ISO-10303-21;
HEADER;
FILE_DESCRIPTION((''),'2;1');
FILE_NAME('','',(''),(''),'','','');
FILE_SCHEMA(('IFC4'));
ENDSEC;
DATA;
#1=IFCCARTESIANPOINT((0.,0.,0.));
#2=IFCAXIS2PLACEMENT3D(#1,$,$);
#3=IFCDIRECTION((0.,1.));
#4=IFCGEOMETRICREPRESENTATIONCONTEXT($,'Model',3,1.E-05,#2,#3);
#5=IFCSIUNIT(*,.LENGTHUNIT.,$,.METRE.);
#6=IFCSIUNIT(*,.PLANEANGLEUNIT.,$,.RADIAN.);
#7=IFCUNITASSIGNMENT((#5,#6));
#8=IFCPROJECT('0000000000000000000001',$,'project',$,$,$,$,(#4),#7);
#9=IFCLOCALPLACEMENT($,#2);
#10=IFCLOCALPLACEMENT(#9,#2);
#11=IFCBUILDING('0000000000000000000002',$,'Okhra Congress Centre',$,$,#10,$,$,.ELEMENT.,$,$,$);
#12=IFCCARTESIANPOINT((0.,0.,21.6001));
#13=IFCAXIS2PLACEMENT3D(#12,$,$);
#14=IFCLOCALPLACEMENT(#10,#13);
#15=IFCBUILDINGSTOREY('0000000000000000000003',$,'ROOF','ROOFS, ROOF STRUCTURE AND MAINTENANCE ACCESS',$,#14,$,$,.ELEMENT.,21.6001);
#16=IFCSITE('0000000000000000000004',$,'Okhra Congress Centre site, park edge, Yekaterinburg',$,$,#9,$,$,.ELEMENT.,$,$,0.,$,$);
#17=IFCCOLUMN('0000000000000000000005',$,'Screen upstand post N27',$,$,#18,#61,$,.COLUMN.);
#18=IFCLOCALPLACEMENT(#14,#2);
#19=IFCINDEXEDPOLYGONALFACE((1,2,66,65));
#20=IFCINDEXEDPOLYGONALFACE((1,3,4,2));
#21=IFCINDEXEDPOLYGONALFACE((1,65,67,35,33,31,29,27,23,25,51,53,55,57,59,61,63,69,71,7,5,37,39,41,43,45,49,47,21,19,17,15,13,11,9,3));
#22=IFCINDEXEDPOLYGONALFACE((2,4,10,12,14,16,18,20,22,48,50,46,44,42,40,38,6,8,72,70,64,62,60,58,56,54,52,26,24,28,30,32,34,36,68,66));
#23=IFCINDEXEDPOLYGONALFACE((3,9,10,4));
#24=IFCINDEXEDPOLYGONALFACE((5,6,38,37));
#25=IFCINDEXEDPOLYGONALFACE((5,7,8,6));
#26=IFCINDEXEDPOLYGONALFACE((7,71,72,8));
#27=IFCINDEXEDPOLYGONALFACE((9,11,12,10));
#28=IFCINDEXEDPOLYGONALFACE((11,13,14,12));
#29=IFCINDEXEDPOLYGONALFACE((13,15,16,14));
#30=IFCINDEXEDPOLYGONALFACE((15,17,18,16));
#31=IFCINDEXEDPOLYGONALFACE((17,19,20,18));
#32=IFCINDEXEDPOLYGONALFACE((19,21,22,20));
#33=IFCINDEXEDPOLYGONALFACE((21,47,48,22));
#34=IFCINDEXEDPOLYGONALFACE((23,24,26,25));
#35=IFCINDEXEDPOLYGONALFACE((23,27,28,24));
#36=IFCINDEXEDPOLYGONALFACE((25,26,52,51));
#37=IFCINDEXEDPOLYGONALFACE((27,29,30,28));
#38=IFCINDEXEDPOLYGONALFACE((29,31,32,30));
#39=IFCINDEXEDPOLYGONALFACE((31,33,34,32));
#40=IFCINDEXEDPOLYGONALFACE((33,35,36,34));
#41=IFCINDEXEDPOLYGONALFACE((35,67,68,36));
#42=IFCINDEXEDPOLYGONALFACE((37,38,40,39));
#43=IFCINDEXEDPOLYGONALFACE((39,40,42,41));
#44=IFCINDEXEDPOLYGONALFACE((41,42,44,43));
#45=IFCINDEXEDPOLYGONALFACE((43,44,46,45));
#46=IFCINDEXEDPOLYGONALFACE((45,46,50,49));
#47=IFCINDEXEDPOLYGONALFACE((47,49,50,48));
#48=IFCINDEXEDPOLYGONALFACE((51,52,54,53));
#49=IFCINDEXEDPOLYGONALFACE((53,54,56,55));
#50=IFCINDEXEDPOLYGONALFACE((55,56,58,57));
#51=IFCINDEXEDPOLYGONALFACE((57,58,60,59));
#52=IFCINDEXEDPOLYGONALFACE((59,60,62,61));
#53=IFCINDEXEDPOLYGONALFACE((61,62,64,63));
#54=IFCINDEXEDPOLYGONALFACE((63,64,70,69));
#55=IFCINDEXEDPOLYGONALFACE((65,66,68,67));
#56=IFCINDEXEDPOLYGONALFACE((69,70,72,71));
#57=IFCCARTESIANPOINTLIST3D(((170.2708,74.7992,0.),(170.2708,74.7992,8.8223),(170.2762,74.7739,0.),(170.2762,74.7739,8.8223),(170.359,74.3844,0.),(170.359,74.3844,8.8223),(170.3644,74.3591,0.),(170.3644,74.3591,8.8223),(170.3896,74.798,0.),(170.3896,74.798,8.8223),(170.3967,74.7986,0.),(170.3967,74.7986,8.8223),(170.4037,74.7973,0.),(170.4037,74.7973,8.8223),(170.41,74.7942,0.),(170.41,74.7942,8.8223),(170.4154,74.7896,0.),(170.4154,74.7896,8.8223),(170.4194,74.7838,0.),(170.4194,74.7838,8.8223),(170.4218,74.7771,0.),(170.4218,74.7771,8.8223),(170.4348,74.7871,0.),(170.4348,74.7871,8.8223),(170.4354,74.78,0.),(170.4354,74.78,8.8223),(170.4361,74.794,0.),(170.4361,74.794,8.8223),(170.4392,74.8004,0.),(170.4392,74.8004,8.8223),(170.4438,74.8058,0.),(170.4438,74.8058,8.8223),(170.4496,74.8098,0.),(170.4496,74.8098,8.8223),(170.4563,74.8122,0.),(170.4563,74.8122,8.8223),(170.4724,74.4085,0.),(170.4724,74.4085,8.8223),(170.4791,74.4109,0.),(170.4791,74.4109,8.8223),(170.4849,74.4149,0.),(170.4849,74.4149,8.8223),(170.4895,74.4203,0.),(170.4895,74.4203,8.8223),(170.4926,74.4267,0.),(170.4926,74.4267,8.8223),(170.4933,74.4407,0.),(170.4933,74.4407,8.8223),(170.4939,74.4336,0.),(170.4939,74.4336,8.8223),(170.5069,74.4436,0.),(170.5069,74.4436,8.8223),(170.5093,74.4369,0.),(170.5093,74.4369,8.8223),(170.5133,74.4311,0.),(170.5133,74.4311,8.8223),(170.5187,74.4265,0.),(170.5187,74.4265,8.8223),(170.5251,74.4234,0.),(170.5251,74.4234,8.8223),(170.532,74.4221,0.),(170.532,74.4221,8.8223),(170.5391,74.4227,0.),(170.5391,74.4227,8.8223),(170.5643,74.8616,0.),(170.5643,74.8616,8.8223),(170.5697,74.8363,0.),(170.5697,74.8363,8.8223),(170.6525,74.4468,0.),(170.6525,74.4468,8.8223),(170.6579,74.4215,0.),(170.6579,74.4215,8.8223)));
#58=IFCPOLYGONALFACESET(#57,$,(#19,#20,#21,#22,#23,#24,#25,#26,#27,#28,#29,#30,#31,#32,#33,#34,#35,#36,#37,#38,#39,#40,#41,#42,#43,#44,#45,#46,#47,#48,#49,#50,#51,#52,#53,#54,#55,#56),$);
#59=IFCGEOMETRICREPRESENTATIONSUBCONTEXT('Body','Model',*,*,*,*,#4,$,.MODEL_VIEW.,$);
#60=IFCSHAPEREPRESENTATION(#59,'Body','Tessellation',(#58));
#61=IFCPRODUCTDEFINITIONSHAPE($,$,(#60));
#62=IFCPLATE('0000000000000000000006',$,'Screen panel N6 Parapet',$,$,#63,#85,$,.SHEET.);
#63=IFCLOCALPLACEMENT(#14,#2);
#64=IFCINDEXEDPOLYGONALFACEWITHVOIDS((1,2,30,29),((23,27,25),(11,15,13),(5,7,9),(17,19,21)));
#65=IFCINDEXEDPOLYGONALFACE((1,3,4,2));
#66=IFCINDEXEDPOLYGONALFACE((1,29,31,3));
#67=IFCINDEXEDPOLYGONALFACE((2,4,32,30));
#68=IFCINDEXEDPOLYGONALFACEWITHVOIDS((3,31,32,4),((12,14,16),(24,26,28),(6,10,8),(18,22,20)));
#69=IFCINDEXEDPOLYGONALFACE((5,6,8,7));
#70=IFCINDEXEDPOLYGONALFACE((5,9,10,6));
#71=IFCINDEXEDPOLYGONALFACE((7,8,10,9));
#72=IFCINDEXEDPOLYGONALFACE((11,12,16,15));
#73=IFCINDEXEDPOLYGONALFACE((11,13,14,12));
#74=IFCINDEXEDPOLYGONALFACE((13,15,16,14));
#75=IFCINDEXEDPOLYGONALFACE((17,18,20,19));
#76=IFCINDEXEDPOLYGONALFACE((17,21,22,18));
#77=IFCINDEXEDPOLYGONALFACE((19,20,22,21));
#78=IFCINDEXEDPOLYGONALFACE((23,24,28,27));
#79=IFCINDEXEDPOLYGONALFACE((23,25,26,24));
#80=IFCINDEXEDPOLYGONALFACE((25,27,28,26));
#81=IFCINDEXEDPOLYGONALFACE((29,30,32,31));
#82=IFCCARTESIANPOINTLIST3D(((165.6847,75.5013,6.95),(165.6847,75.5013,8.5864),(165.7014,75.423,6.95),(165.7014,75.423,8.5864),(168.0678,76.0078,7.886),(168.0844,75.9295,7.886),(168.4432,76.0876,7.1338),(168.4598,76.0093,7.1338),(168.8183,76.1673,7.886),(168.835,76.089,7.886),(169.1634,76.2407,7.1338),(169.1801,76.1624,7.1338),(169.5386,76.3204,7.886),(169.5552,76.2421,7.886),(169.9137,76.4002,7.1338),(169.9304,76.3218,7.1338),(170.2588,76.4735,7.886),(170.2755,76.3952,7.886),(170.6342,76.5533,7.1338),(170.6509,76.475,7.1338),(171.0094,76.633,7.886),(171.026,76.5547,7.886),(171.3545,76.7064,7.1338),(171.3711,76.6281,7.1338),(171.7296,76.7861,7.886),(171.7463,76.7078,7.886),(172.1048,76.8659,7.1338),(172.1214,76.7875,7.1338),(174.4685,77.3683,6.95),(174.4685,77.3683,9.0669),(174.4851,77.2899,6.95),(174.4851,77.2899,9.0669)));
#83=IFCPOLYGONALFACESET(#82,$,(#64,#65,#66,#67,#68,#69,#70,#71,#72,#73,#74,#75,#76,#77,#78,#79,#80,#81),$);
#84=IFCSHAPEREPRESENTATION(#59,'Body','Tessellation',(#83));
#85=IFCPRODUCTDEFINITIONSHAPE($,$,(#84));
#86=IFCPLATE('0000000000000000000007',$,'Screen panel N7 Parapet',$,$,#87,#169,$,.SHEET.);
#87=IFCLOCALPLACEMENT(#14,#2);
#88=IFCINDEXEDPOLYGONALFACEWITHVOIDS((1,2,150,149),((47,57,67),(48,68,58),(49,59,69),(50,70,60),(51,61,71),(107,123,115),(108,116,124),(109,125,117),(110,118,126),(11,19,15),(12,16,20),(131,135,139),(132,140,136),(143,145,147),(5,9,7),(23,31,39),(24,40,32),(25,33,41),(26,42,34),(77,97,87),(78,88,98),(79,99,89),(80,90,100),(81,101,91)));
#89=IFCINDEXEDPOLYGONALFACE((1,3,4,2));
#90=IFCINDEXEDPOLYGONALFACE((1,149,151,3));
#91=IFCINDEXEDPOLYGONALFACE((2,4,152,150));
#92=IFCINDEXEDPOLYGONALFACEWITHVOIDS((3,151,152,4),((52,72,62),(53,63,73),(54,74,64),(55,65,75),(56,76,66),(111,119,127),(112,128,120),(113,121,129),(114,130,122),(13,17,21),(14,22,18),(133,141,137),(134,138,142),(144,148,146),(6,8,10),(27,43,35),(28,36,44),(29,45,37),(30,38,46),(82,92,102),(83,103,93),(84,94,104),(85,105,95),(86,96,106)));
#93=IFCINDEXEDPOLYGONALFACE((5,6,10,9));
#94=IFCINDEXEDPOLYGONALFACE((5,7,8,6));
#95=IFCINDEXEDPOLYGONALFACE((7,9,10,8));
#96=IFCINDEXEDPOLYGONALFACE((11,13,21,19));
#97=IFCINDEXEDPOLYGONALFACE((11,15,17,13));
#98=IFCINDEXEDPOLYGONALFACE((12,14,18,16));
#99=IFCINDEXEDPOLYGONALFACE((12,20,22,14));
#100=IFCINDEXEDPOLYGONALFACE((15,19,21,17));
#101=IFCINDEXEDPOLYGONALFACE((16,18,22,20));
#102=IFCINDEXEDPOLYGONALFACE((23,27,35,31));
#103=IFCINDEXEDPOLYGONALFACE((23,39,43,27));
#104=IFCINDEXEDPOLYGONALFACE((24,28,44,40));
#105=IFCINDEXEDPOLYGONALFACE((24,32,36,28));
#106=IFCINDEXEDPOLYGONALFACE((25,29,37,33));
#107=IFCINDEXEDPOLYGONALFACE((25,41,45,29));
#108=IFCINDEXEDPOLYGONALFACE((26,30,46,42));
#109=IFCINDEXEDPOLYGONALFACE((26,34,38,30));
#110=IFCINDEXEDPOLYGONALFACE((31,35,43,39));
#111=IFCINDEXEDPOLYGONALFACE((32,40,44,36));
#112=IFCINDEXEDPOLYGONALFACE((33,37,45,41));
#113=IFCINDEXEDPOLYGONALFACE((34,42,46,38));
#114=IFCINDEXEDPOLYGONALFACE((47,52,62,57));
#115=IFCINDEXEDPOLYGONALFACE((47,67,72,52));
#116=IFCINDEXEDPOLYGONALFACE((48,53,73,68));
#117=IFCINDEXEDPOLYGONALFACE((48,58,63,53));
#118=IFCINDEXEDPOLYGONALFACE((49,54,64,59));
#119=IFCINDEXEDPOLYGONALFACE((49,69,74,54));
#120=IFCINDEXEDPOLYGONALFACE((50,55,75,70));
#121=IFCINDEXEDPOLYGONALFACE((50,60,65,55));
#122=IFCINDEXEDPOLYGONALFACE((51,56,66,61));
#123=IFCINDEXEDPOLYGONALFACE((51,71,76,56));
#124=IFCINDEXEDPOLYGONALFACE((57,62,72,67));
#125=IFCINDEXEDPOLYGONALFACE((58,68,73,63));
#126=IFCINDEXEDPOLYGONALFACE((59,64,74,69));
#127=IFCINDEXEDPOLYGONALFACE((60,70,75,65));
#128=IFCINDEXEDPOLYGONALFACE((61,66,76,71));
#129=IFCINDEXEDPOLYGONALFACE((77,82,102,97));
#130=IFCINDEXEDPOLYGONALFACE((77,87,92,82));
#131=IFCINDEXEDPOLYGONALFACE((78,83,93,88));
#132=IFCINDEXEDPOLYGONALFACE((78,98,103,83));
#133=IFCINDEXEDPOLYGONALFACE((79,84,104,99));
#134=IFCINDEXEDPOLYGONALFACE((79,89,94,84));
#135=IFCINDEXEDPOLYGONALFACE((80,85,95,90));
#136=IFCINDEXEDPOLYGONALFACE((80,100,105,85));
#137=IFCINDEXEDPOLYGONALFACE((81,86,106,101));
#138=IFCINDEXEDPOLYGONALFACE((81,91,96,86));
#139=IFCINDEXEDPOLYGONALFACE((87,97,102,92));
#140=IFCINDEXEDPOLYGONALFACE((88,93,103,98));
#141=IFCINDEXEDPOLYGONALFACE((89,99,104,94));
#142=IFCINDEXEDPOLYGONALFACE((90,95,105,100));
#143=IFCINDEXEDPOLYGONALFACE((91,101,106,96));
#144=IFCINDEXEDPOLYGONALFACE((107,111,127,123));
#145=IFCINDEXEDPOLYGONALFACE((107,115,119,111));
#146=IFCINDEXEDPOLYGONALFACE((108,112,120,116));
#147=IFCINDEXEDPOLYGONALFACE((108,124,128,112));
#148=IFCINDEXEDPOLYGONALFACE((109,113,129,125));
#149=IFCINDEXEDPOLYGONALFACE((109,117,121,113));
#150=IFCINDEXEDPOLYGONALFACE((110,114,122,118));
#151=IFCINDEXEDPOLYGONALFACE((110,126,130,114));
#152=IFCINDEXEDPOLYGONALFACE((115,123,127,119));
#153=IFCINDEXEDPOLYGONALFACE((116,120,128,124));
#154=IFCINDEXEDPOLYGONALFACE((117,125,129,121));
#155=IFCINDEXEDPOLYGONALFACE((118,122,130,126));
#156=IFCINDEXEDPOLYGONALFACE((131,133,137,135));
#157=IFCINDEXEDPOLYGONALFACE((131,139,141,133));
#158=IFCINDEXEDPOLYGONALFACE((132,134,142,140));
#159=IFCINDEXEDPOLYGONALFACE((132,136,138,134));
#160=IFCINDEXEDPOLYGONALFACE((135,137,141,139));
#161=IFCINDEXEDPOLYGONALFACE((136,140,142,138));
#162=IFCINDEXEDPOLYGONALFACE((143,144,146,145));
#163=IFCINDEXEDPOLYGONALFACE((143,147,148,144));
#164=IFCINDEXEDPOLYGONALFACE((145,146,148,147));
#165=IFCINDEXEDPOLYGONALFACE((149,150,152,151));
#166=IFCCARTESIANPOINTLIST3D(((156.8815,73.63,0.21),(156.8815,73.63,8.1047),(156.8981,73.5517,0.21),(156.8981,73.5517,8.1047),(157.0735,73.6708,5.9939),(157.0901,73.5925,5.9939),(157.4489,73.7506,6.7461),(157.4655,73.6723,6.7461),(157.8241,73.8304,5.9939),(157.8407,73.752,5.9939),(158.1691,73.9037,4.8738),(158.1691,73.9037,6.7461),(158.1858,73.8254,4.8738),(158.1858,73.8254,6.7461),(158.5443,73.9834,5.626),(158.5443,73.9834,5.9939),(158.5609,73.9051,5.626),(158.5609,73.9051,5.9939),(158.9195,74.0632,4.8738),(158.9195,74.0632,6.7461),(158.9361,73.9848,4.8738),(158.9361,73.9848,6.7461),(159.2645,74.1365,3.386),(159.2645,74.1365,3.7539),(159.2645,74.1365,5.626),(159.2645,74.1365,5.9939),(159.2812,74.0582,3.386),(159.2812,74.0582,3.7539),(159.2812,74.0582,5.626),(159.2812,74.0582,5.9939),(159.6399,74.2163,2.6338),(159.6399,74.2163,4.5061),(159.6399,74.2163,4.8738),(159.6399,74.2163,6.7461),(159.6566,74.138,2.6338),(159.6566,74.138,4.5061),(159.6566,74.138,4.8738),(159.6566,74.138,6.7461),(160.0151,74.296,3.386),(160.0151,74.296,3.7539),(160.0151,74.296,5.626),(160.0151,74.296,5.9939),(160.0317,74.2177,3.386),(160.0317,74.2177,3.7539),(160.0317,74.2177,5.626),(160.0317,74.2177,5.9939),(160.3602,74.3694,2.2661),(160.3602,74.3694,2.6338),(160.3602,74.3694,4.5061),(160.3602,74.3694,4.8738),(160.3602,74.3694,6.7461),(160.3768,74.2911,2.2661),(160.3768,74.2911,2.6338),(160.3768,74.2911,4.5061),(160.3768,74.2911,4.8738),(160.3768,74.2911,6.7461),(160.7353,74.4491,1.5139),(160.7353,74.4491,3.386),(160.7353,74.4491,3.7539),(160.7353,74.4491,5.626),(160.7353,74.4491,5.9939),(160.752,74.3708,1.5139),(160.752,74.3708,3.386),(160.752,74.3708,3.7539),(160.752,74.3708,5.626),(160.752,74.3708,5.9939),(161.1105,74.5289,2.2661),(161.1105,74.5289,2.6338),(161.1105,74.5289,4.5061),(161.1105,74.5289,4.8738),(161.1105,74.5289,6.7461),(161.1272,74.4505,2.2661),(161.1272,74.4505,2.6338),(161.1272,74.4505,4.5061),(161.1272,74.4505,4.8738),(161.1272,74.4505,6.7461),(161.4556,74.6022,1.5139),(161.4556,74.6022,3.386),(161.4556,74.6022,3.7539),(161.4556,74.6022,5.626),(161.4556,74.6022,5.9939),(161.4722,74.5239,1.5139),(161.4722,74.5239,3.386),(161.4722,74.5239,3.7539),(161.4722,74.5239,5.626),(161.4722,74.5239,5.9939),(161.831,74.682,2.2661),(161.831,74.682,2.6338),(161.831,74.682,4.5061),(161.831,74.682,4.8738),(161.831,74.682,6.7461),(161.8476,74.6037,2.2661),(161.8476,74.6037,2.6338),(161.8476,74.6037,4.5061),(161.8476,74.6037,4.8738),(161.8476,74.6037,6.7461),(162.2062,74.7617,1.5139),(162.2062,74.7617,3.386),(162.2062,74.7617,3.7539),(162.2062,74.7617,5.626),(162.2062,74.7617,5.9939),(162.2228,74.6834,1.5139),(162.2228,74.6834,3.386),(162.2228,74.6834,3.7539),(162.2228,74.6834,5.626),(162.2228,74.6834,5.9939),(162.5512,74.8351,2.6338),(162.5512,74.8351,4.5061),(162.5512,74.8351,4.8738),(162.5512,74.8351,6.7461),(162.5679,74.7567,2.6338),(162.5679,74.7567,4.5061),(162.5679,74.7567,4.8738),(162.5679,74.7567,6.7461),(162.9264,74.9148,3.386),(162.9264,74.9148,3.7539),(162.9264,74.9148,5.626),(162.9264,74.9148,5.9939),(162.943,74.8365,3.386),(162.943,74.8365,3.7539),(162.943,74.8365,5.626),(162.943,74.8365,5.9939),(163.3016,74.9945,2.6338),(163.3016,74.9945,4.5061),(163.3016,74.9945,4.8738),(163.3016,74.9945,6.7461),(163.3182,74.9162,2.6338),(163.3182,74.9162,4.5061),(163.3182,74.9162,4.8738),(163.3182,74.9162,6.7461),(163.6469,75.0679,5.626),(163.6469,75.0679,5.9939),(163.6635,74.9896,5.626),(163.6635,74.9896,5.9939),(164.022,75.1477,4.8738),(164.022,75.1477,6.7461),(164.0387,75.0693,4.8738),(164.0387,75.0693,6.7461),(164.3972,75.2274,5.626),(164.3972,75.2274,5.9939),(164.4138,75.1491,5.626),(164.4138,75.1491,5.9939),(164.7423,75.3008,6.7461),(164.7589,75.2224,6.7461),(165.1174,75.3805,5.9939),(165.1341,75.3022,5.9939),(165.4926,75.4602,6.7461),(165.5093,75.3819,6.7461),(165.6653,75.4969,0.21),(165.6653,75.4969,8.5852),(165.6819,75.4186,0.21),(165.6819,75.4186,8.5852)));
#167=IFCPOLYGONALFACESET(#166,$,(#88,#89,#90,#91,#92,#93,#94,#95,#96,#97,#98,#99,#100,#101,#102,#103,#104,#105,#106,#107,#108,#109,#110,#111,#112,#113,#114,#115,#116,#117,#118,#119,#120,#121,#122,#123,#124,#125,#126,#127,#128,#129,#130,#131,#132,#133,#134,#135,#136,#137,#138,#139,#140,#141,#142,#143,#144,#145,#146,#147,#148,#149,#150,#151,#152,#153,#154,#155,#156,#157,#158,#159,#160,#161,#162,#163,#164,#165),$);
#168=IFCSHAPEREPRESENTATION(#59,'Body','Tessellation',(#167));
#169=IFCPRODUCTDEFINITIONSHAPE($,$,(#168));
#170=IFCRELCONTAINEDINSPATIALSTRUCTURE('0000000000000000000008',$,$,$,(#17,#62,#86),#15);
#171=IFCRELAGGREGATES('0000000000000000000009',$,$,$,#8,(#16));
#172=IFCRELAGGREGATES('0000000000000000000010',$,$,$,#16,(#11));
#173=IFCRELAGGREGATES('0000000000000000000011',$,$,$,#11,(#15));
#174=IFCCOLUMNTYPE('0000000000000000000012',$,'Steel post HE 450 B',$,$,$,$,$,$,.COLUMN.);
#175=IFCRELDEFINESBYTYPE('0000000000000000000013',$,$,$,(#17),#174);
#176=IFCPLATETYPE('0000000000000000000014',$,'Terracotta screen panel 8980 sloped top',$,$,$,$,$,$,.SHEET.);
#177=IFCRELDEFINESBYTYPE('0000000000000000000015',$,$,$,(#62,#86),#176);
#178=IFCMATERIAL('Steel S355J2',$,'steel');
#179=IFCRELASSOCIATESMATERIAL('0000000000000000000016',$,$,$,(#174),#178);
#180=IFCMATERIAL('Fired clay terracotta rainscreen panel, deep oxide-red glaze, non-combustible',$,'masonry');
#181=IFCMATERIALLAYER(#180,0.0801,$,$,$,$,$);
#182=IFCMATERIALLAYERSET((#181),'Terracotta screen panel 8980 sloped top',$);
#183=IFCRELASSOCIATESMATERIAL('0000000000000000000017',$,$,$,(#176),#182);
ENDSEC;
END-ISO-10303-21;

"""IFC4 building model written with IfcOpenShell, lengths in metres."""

from ifc_helpers import new_model, si_unit, direction, frame, origin, origin_2d, place, context, subcontext, project, spatial, polyline, i_section, outline, extrude, material, layer, layer_set, material_profile, profile_set, type_object, element, save


model = new_model("IFC4")

# Units and contexts
model_context = context("Model", 3, precision=1e-05, world=origin(), true_north=direction((0.0, 1.0)))
body_context = subcontext(model_context, "Body", "Model", "MODEL_VIEW")
ifc_project = project(units=[si_unit("LENGTHUNIT", "METRE"), si_unit("PLANEANGLEUNIT", "RADIAN")], contexts=[model_context])

# Site, building, storey
site_placement = place(None, origin())
site = spatial("IfcSite", under=ifc_project, at=site_placement, Name="Okhra Congress Centre site, park edge, Yekaterinburg", CompositionType="ELEMENT", RefElevation=0.0)
building_placement = place(site_placement, origin())
building = spatial("IfcBuilding", under=site, at=building_placement, Name="Okhra Congress Centre", CompositionType="ELEMENT")
storey_placement = place(building_placement, frame((0.0, 0.0, 21.6001)))
storey = spatial("IfcBuildingStorey", under=building, at=storey_placement, Name="ROOF", Description="ROOFS, ROOF STRUCTURE AND MAINTENANCE ACCESS", CompositionType="ELEMENT", Elevation=21.6001)

# Column
ifc_material_1 = material(Name="Steel S355J2", Category="steel")
ifc_material_profile_1 = material_profile(ifc_material_1, i_section(OverallWidth=0.3, OverallDepth=0.45, WebThickness=0.0139, FlangeThickness=0.0259, FilletRadius=0.0271, at=origin_2d()), Name="HE 450 B")
ifc_profile_set_1 = profile_set([ifc_material_profile_1], Name="Steel S355J2")
column_type = type_object("IfcColumnType", Name="Steel post HE 450 B", PredefinedType="COLUMN", material=ifc_profile_set_1)
column_1_placement = place(storey_placement, frame((170.4644, 74.6104, 0.0), z_axis=(0.0, 0.0, 1.0), x_axis=(0.978148, 0.207912, 0.0)))
element("IfcColumn", 1, at=column_1_placement, inside=storey, type_object=column_type, Name="Screen upstand post N27", PredefinedType="COLUMN", context=body_context, shape_type="SweptSolid", body=[
    extrude(i_section(OverallWidth=0.3, OverallDepth=0.45, WebThickness=0.0139, FlangeThickness=0.0259, FilletRadius=0.0271, at=origin_2d()), origin(), (0.0, 0.0, 1.0), 8.8223),
])

# Plates
ifc_material_2 = material(Name="Fired clay terracotta rainscreen panel, deep oxide-red glaze, non-combustible", Category="masonry")
ifc_layer_1 = layer(ifc_material_2, 0.0801)
ifc_layer_set_1 = layer_set([ifc_layer_1], Name="Terracotta screen panel 8980 sloped top")
plate_type_1 = type_object("IfcPlateType", Name="Terracotta screen panel 8980 sloped top", PredefinedType="SHEET", material=ifc_layer_set_1)
plate_1_placement = place(storey_placement, frame((174.4768, 77.3291, 6.95), z_axis=(0.0, 0.0, 1.0), x_axis=(-0.97815, -0.207902, 0.0)))
element("IfcPlate", 2, at=plate_1_placement, inside=storey, type_object=plate_type_1, Name="Screen panel N6 Parapet", PredefinedType="SHEET", context=body_context, shape_type="SweptSolid", body=[
    extrude(outline(polyline([(0.0, 0.0), (8.98, 0.0), (8.98, 1.6365), (0.0, 2.1169), (0.0, 0.0)]), holes=[polyline([(2.4165, 0.1838), (3.1836, 0.1838), (2.8, 0.936), (2.4165, 0.1838)]), polyline([(3.5364, 0.936), (3.9199, 0.1838), (4.3037, 0.936), (3.5364, 0.936)]), polyline([(4.6565, 0.1838), (5.4236, 0.1838), (5.04, 0.936), (4.6565, 0.1838)]), polyline([(5.7764, 0.936), (6.1599, 0.1838), (6.5437, 0.936), (5.7764, 0.936)])]), frame((0.0, 0.04, 0.0), z_axis=(0.0, -1.0, 0.0), x_axis=(1.0, 0.0, 0.0)), (0.0, 0.0, 1.0), 0.0801),
])
plate_2_placement = place(storey_placement, frame((165.6736, 75.4578, 0.21), z_axis=(0.0, 0.0, 1.0), x_axis=(-0.978151, -0.207897, 0.0)))
element("IfcPlate", 3, at=plate_2_placement, inside=storey, type_object=plate_type_1, Name="Screen panel N7 Parapet", PredefinedType="SHEET", context=body_context, shape_type="SweptSolid", body=[
    extrude(outline(polyline([(0.0, 0.0), (8.98, 0.0), (8.98, 7.8948), (0.0, 8.3752), (0.0, 0.0)]), holes=[polyline([(3.5364, 1.304), (4.3037, 1.304), (3.9199, 2.0562), (3.5364, 1.304)]), polyline([(4.6565, 2.0562), (5.04, 1.304), (5.4236, 2.0562), (4.6565, 2.0562)]), polyline([(2.4165, 2.4238), (3.1836, 2.4238), (2.8, 3.176), (2.4165, 2.4238)]), polyline([(3.5364, 3.176), (3.9199, 2.4238), (4.3037, 3.176), (3.5364, 3.176)]), polyline([(4.6565, 2.4238), (5.4236, 2.4238), (5.04, 3.176), (4.6565, 2.4238)]), polyline([(5.7764, 3.176), (6.1599, 2.4238), (6.5437, 3.176), (5.7764, 3.176)]), polyline([(2.4165, 4.2961), (2.8, 3.5439), (3.1836, 4.2961), (2.4165, 4.2961)]), polyline([(3.5364, 3.5439), (4.3037, 3.5439), (3.9199, 4.2961), (3.5364, 3.5439)]), polyline([(4.6565, 4.2961), (5.04, 3.5439), (5.4236, 4.2961), (4.6565, 4.2961)]), polyline([(5.7764, 3.5439), (6.5437, 3.5439), (6.1599, 4.2961), (5.7764, 3.5439)]), polyline([(1.2964, 5.416), (1.6799, 4.6638), (2.0635, 5.416), (1.2964, 5.416)]), polyline([(2.4165, 4.6638), (3.1836, 4.6638), (2.8, 5.416), (2.4165, 4.6638)]), polyline([(3.5364, 5.416), (3.9199, 4.6638), (4.3037, 5.416), (3.5364, 5.416)]), polyline([(4.6565, 4.6638), (5.4236, 4.6638), (5.04, 5.416), (4.6565, 4.6638)]), polyline([(5.7764, 5.416), (6.1599, 4.6638), (6.5437, 5.416), (5.7764, 5.416)]), polyline([(6.8965, 4.6638), (7.6636, 4.6638), (7.28, 5.416), (6.8965, 4.6638)]), polyline([(0.1765, 6.5361), (0.5601, 5.7839), (0.9436, 6.5361), (0.1765, 6.5361)]), polyline([(1.2964, 5.7839), (2.0635, 5.7839), (1.6799, 6.5361), (1.2964, 5.7839)]), polyline([(2.4165, 6.5361), (2.8, 5.7839), (3.1836, 6.5361), (2.4165, 6.5361)]), polyline([(3.5364, 5.7839), (4.3037, 5.7839), (3.9199, 6.5361), (3.5364, 5.7839)]), polyline([(4.6565, 6.5361), (5.04, 5.7839), (5.4236, 6.5361), (4.6565, 6.5361)]), polyline([(5.7764, 5.7839), (6.5437, 5.7839), (6.1599, 6.5361), (5.7764, 5.7839)]), polyline([(6.8965, 6.5361), (7.28, 5.7839), (7.6636, 6.5361), (6.8965, 6.5361)]), polyline([(8.0164, 5.7839), (8.7837, 5.7839), (8.3999, 6.5361), (8.0164, 5.7839)])]), frame((0.0, 0.04, 0.0), z_axis=(0.0, -1.0, 0.0), x_axis=(1.0, 0.0, 0.0)), (0.0, 0.0, 1.0), 0.0801),
])

save(model, "model.ifc")
